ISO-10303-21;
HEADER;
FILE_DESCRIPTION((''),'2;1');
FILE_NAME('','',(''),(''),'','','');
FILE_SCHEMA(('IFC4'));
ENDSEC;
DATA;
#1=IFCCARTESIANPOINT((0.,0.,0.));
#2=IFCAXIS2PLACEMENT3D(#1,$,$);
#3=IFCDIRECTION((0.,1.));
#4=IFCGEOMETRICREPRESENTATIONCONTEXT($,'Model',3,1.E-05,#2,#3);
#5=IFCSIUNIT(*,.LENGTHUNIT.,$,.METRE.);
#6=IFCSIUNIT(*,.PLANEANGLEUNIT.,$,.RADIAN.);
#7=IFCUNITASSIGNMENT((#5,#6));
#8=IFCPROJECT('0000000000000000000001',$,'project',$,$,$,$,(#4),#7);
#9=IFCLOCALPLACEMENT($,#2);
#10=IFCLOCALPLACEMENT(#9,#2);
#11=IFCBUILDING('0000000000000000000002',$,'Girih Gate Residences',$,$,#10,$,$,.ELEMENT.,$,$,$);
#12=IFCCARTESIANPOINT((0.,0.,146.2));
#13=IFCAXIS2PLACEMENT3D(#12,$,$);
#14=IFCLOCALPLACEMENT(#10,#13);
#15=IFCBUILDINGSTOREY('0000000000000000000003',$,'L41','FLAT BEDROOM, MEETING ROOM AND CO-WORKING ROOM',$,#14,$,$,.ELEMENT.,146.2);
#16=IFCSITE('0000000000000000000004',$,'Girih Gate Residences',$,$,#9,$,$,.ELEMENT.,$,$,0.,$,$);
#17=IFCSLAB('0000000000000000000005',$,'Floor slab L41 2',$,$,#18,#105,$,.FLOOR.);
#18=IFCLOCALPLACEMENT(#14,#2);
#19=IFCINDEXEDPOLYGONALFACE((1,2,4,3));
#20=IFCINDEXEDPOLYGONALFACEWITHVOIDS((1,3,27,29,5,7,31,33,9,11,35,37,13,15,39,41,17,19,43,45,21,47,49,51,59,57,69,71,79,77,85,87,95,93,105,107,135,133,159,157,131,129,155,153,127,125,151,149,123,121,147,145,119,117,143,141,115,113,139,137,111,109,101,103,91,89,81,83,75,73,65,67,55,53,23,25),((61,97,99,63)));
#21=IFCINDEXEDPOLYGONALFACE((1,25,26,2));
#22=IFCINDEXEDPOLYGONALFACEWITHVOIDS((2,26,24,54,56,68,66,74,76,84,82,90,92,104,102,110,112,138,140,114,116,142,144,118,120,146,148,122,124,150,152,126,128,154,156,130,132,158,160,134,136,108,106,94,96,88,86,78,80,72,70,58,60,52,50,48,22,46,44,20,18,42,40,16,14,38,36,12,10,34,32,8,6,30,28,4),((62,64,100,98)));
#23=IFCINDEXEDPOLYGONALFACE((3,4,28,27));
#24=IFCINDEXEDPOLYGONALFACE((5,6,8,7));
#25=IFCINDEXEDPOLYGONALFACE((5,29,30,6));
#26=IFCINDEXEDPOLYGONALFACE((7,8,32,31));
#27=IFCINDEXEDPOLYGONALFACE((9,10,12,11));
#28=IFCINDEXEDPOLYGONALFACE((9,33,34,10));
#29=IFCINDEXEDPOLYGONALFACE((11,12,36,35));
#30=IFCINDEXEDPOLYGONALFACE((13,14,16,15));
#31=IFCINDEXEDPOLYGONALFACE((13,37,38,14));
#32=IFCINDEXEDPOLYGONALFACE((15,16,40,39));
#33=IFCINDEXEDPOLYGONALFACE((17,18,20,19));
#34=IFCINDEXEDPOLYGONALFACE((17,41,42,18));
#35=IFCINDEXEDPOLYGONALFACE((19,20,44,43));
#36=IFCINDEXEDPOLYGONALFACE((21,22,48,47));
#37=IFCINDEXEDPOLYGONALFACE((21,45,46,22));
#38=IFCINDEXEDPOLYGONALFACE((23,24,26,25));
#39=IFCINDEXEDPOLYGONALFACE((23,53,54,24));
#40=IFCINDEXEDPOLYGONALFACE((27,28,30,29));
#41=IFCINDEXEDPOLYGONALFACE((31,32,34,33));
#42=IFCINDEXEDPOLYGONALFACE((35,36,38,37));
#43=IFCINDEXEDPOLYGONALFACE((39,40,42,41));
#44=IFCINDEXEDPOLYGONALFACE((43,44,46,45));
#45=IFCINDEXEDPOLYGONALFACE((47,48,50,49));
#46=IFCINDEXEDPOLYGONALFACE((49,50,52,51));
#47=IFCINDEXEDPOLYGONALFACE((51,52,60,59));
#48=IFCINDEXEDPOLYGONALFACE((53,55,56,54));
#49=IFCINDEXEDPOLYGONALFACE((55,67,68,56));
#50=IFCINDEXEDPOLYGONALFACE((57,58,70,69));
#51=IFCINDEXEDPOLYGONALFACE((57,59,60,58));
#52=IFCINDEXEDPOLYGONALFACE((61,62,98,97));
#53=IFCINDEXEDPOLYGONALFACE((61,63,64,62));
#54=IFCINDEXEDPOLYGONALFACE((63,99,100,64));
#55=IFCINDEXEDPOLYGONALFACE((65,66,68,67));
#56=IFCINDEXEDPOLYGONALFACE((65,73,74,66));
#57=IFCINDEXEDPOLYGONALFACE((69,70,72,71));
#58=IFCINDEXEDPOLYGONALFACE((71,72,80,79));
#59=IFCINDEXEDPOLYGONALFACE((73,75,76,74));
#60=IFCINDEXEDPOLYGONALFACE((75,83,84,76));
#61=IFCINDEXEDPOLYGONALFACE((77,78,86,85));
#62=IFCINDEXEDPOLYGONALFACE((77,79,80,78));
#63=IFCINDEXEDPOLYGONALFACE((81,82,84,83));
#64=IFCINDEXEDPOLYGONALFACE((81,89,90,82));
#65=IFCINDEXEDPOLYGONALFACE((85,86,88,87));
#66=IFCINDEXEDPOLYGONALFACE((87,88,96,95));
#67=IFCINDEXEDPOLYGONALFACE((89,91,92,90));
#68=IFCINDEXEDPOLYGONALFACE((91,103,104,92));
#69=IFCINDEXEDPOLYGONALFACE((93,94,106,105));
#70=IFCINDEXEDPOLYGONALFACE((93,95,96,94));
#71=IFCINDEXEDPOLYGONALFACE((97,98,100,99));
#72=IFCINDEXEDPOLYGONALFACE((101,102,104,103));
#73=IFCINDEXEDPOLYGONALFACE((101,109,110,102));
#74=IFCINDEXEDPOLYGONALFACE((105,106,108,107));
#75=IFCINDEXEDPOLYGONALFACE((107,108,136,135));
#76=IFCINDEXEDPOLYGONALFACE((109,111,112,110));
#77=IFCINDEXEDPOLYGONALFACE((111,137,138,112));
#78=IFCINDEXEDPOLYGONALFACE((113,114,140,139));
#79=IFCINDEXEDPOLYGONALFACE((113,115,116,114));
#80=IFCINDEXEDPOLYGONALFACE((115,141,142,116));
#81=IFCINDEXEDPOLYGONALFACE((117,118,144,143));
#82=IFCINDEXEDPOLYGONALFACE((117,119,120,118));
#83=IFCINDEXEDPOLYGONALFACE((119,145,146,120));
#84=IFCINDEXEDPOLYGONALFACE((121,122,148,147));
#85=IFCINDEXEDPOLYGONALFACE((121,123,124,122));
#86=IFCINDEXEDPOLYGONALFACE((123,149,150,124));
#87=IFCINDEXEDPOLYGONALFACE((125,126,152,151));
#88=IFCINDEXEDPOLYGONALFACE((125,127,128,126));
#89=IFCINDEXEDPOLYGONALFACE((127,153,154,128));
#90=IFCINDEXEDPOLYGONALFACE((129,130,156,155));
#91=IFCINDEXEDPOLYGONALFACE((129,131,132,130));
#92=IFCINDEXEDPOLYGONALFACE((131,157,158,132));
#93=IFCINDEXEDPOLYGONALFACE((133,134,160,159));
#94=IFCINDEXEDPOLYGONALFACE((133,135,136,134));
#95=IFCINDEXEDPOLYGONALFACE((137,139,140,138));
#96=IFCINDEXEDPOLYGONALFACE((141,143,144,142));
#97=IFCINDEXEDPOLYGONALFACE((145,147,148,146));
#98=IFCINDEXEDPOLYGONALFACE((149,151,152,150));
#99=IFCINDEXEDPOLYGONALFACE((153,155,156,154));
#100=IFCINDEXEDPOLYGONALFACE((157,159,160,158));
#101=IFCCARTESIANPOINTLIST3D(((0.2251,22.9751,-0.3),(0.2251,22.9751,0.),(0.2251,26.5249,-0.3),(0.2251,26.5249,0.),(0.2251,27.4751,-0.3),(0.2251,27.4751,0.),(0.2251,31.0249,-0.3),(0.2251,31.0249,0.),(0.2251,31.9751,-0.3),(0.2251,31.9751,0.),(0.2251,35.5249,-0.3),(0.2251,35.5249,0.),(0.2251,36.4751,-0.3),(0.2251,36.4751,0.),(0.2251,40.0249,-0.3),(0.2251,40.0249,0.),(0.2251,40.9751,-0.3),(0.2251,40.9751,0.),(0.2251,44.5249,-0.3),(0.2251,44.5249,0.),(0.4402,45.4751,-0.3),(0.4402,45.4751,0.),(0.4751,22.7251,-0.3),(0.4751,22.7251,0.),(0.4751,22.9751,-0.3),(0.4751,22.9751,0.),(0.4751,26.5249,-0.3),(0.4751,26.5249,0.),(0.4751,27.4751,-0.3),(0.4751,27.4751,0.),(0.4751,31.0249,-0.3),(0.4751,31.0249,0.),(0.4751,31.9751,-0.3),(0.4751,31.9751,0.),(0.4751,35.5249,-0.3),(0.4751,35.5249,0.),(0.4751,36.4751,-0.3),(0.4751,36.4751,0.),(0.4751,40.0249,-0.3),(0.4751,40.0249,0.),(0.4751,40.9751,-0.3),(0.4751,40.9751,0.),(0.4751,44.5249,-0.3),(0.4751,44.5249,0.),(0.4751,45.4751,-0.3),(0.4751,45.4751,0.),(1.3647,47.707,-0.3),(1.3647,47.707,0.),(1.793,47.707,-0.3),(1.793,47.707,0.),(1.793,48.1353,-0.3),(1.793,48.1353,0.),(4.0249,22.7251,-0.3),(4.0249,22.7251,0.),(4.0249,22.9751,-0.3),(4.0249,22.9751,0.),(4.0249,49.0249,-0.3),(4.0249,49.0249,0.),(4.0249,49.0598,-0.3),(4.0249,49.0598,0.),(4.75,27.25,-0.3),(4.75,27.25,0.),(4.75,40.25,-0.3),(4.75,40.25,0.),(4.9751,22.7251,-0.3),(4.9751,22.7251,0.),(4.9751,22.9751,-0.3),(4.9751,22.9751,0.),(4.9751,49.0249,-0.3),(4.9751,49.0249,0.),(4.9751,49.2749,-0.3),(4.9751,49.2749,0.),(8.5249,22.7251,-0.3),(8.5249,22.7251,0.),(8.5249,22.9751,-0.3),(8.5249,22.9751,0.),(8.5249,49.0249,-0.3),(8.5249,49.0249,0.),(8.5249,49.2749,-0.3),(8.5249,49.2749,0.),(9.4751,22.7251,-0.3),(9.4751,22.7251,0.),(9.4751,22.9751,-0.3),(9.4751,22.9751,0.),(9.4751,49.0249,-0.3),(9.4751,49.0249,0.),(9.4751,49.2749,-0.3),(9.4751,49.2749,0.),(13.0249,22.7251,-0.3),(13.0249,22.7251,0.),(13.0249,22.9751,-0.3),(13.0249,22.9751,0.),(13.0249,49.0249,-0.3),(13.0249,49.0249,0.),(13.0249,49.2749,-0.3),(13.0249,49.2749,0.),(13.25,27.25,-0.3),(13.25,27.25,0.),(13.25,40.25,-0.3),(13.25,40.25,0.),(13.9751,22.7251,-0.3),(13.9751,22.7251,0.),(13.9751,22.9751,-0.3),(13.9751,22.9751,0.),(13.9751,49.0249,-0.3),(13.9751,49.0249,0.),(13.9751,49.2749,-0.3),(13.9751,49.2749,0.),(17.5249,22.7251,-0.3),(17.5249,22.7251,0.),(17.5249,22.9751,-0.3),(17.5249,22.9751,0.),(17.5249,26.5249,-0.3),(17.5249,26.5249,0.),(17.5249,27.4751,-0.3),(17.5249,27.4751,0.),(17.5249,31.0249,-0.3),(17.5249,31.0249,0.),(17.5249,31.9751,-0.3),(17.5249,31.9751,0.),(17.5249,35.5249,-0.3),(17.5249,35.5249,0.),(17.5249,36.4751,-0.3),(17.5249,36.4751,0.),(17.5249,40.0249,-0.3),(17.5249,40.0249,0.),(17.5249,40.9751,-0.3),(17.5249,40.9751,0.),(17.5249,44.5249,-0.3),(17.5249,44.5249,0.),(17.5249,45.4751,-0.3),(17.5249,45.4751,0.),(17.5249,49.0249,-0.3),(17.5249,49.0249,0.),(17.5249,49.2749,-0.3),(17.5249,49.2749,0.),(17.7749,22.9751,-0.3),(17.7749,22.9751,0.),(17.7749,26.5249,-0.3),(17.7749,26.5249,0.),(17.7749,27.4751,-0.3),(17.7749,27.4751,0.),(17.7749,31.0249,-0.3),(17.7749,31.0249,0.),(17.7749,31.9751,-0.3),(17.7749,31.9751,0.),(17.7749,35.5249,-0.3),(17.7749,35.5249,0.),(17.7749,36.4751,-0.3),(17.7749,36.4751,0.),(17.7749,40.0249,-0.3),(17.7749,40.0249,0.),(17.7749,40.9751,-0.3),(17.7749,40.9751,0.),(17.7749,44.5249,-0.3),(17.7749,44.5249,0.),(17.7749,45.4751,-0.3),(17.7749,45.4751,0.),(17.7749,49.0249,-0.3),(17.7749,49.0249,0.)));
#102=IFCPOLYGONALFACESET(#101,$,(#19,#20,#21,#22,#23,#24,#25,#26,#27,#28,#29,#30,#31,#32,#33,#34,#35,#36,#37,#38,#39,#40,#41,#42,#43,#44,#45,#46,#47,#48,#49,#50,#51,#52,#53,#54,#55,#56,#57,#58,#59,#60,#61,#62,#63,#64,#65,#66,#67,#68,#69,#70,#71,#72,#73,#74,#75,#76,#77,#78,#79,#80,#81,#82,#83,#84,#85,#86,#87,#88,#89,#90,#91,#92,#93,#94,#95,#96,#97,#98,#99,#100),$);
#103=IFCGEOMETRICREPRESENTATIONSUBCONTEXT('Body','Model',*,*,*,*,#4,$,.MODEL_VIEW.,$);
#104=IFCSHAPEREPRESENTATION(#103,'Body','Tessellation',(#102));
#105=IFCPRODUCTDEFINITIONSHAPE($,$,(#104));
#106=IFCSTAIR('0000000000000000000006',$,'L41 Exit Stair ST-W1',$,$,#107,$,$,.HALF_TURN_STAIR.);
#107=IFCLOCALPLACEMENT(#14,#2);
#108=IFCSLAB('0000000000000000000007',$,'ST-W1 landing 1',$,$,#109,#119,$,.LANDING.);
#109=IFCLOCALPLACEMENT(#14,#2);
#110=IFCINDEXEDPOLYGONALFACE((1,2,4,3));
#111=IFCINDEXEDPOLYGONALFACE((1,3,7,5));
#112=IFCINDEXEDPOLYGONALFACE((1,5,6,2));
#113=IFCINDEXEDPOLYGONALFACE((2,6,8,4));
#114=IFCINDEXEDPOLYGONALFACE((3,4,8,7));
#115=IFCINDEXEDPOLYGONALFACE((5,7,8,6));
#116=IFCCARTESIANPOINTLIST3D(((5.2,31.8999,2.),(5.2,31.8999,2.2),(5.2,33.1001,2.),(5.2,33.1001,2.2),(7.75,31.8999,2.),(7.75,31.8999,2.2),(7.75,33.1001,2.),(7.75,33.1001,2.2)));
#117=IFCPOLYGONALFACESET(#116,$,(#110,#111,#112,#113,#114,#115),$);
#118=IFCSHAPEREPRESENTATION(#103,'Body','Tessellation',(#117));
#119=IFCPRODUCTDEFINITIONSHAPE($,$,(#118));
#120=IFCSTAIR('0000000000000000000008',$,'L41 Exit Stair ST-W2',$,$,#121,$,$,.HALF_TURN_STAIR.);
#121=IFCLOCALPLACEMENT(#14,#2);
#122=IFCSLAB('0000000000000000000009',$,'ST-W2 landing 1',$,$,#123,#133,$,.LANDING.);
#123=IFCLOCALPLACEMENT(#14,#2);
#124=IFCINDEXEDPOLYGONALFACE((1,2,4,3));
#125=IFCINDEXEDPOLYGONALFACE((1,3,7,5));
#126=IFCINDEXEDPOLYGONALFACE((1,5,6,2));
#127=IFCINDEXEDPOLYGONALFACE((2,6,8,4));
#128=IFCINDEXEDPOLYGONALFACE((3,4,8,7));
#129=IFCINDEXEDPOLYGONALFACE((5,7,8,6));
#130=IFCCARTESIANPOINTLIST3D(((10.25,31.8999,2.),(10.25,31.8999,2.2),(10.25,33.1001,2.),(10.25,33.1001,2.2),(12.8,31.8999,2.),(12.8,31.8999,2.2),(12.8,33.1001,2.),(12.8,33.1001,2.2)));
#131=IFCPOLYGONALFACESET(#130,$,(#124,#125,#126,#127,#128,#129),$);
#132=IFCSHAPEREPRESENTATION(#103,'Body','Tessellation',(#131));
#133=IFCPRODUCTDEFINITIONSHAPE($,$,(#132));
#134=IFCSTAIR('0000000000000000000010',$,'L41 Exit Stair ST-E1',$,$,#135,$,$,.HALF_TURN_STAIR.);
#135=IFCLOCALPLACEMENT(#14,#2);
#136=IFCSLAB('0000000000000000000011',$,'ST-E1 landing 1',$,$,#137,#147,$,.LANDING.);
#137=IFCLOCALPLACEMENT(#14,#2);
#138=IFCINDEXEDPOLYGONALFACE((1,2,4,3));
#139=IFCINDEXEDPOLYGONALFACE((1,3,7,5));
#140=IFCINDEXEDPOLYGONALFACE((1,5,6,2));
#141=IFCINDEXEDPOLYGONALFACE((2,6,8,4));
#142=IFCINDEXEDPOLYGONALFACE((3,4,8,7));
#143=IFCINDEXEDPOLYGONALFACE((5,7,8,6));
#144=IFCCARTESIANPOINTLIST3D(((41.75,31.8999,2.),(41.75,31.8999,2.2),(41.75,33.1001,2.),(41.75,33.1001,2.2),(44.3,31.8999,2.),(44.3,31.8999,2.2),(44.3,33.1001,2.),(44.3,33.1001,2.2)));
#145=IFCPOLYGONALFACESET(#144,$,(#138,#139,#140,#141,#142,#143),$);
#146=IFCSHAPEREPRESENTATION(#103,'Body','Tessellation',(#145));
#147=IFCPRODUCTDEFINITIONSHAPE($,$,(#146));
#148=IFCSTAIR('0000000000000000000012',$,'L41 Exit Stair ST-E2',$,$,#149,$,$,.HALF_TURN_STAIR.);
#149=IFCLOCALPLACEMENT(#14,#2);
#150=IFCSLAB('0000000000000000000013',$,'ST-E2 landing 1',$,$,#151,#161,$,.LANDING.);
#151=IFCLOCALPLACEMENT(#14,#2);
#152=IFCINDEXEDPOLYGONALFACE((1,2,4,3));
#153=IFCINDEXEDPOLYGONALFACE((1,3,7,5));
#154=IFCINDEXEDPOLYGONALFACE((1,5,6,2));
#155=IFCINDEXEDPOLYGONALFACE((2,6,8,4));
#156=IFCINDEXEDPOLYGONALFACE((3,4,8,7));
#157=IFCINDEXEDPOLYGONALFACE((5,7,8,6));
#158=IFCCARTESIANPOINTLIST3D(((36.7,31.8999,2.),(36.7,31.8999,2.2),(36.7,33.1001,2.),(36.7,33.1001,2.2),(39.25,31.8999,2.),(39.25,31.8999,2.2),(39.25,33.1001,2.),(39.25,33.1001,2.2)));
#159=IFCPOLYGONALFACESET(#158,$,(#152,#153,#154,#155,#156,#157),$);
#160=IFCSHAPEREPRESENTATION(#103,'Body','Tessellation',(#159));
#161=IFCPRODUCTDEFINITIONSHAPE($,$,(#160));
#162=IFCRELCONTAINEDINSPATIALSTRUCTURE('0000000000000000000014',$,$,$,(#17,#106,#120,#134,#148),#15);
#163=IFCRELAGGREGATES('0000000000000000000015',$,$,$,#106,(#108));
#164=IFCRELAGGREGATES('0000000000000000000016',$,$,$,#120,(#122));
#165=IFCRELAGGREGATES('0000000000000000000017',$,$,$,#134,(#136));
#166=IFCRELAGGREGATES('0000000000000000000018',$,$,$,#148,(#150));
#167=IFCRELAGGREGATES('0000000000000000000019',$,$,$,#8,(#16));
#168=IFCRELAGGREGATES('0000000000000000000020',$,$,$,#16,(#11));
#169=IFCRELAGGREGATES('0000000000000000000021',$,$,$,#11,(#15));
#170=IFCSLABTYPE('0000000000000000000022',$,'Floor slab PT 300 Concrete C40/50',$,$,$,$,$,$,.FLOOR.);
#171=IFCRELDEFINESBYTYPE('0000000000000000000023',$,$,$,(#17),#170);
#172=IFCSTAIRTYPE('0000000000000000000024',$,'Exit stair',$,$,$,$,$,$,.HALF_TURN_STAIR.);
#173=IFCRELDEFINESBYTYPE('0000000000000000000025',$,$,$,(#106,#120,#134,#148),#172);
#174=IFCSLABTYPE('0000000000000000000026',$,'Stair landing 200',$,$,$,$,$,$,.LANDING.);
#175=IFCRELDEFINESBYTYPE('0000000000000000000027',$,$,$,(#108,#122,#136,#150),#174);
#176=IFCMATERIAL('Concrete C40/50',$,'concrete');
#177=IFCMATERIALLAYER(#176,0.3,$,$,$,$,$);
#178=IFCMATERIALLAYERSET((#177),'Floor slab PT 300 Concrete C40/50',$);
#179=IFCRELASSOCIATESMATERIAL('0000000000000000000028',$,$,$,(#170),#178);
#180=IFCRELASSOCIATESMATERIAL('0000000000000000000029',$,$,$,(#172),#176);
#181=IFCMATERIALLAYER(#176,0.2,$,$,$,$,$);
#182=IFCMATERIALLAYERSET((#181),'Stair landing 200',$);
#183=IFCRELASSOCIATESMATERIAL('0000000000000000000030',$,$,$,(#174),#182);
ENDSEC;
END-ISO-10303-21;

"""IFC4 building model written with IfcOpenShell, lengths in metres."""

from ifc_helpers import new_model, si_unit, direction, frame, origin, place, context, subcontext, project, spatial, polyline, outline, extrude, material, layer, layer_set, type_object, element, aggregate, save


model = new_model("IFC4")

# Units and contexts
model_context = context("Model", 3, precision=1e-05, world=origin(), true_north=direction((0.0, 1.0)))
body_context = subcontext(model_context, "Body", "Model", "MODEL_VIEW")
ifc_project = project(units=[si_unit("LENGTHUNIT", "METRE"), si_unit("PLANEANGLEUNIT", "RADIAN")], contexts=[model_context])

# Site, building, storey
site_placement = place(None, origin())
site = spatial("IfcSite", under=ifc_project, at=site_placement, Name="Girih Gate Residences", CompositionType="ELEMENT", RefElevation=0.0)
building_placement = place(site_placement, origin())
building = spatial("IfcBuilding", under=site, at=building_placement, Name="Girih Gate Residences", CompositionType="ELEMENT")
storey_placement = place(building_placement, frame((0.0, 0.0, 146.2)))
storey = spatial("IfcBuildingStorey", under=building, at=storey_placement, Name="L41", Description="FLAT BEDROOM, MEETING ROOM AND CO-WORKING ROOM", CompositionType="ELEMENT", Elevation=146.2)

# Slab
ifc_material_1 = material(Name="Concrete C40/50", Category="concrete")
ifc_layer_1 = layer(ifc_material_1, 0.3)
ifc_layer_set_1 = layer_set([ifc_layer_1], Name="Floor slab PT 300 Concrete C40/50")
slab_type_1 = type_object("IfcSlabType", Name="Floor slab PT 300 Concrete C40/50", PredefinedType="FLOOR", material=ifc_layer_set_1)
slab_1_placement = place(storey_placement, frame((0.0, 0.0, -0.3)))
element("IfcSlab", 1, at=slab_1_placement, inside=storey, type_object=slab_type_1, Name="Floor slab L41 2", PredefinedType="FLOOR", context=body_context, shape_type="SweptSolid", body=[
    extrude(outline(polyline([(0.2251, 26.5249), (0.2251, 22.9751), (0.4751, 22.9751), (0.4751, 22.7251), (4.0249, 22.7251), (4.0249, 22.9751), (4.9751, 22.9751), (4.9751, 22.7251), (8.5249, 22.7251), (8.5249, 22.9751), (9.4751, 22.9751), (9.4751, 22.7251), (13.0249, 22.7251), (13.0249, 22.9751), (13.9751, 22.9751), (13.9751, 22.7251), (17.5249, 22.7251), (17.5249, 22.9751), (17.7749, 22.9751), (17.7749, 26.5249), (17.5249, 26.5249), (17.5249, 27.4751), (17.7749, 27.4751), (17.7749, 31.0249), (17.5249, 31.0249), (17.5249, 31.9751), (17.7749, 31.9751), (17.7749, 35.5249), (17.5249, 35.5249), (17.5249, 36.4751), (17.7749, 36.4751), (17.7749, 40.0249), (17.5249, 40.0249), (17.5249, 40.9751), (17.7749, 40.9751), (17.7749, 44.5249), (17.5249, 44.5249), (17.5249, 45.4751), (17.7749, 45.4751), (17.7749, 49.0249), (17.5249, 49.0249), (17.5249, 49.2749), (13.9751, 49.2749), (13.9751, 49.0249), (13.0249, 49.0249), (13.0249, 49.2749), (9.4751, 49.2749), (9.4751, 49.0249), (8.5249, 49.0249), (8.5249, 49.2749), (4.9751, 49.2749), (4.9751, 49.0249), (4.0249, 49.0249), (4.0249, 49.0598), (1.793, 48.1353), (1.793, 47.707), (1.3647, 47.707), (0.4402, 45.4751), (0.4751, 45.4751), (0.4751, 44.5249), (0.2251, 44.5249), (0.2251, 40.9751), (0.4751, 40.9751), (0.4751, 40.0249), (0.2251, 40.0249), (0.2251, 36.4751), (0.4751, 36.4751), (0.4751, 35.5249), (0.2251, 35.5249), (0.2251, 31.9751), (0.4751, 31.9751), (0.4751, 31.0249), (0.2251, 31.0249), (0.2251, 27.4751), (0.4751, 27.4751), (0.4751, 26.5249), (0.2251, 26.5249)]), holes=[polyline([(13.25, 40.25), (13.25, 27.25), (4.75, 27.25), (4.75, 40.25), (13.25, 40.25)])]), origin(), (0.0, 0.0, 1.0), 0.3),
])

# Stairs, slabs
stair_type = type_object("IfcStairType", Name="Exit stair", PredefinedType="HALF_TURN_STAIR", material=ifc_material_1)
stair_1_placement = place(storey_placement, origin())
stair_1 = element("IfcStair", 2, at=stair_1_placement, inside=storey, type_object=stair_type, Name="L41 Exit Stair ST-W1", PredefinedType="HALF_TURN_STAIR")
ifc_layer_2 = layer(ifc_material_1, 0.2)
ifc_layer_set_2 = layer_set([ifc_layer_2], Name="Stair landing 200")
slab_type_2 = type_object("IfcSlabType", Name="Stair landing 200", PredefinedType="LANDING", material=ifc_layer_set_2)
slab_2_placement = place(storey_placement, frame((0.0, 0.0, 2.0)))
slab_2 = element("IfcSlab", 3, at=slab_2_placement, type_object=slab_type_2, Name="ST-W1 landing 1", PredefinedType="LANDING", context=body_context, shape_type="SweptSolid", body=[
    extrude(outline(polyline([(7.75, 31.8999), (7.75, 33.1001), (5.2, 33.1001), (5.2, 31.8999), (7.75, 31.8999)])), origin(), (0.0, 0.0, 1.0), 0.2),
])
aggregate(stair_1, [slab_2])
stair_2_placement = place(storey_placement, origin())
stair_2 = element("IfcStair", 4, at=stair_2_placement, inside=storey, type_object=stair_type, Name="L41 Exit Stair ST-W2", PredefinedType="HALF_TURN_STAIR")
slab_3_placement = place(storey_placement, frame((0.0, 0.0, 2.0)))
slab_3 = element("IfcSlab", 5, at=slab_3_placement, type_object=slab_type_2, Name="ST-W2 landing 1", PredefinedType="LANDING", context=body_context, shape_type="SweptSolid", body=[
    extrude(outline(polyline([(12.8, 31.8999), (12.8, 33.1001), (10.25, 33.1001), (10.25, 31.8999), (12.8, 31.8999)])), origin(), (0.0, 0.0, 1.0), 0.2),
])
aggregate(stair_2, [slab_3])
stair_3_placement = place(storey_placement, origin())
stair_3 = element("IfcStair", 6, at=stair_3_placement, inside=storey, type_object=stair_type, Name="L41 Exit Stair ST-E1", PredefinedType="HALF_TURN_STAIR")
slab_4_placement = place(storey_placement, frame((0.0, 0.0, 2.0)))
slab_4 = element("IfcSlab", 7, at=slab_4_placement, type_object=slab_type_2, Name="ST-E1 landing 1", PredefinedType="LANDING", context=body_context, shape_type="SweptSolid", body=[
    extrude(outline(polyline([(44.3, 31.8999), (44.3, 33.1001), (41.75, 33.1001), (41.75, 31.8999), (44.3, 31.8999)])), origin(), (0.0, 0.0, 1.0), 0.2),
])
aggregate(stair_3, [slab_4])
stair_4_placement = place(storey_placement, origin())
stair_4 = element("IfcStair", 8, at=stair_4_placement, inside=storey, type_object=stair_type, Name="L41 Exit Stair ST-E2", PredefinedType="HALF_TURN_STAIR")
slab_5_placement = place(storey_placement, frame((0.0, 0.0, 2.0)))
slab_5 = element("IfcSlab", 9, at=slab_5_placement, type_object=slab_type_2, Name="ST-E2 landing 1", PredefinedType="LANDING", context=body_context, shape_type="SweptSolid", body=[
    extrude(outline(polyline([(39.25, 31.8999), (39.25, 33.1001), (36.7, 33.1001), (36.7, 31.8999), (39.25, 31.8999)])), origin(), (0.0, 0.0, 1.0), 0.2),
])
aggregate(stair_4, [slab_5])

save(model, "model.ifc")
